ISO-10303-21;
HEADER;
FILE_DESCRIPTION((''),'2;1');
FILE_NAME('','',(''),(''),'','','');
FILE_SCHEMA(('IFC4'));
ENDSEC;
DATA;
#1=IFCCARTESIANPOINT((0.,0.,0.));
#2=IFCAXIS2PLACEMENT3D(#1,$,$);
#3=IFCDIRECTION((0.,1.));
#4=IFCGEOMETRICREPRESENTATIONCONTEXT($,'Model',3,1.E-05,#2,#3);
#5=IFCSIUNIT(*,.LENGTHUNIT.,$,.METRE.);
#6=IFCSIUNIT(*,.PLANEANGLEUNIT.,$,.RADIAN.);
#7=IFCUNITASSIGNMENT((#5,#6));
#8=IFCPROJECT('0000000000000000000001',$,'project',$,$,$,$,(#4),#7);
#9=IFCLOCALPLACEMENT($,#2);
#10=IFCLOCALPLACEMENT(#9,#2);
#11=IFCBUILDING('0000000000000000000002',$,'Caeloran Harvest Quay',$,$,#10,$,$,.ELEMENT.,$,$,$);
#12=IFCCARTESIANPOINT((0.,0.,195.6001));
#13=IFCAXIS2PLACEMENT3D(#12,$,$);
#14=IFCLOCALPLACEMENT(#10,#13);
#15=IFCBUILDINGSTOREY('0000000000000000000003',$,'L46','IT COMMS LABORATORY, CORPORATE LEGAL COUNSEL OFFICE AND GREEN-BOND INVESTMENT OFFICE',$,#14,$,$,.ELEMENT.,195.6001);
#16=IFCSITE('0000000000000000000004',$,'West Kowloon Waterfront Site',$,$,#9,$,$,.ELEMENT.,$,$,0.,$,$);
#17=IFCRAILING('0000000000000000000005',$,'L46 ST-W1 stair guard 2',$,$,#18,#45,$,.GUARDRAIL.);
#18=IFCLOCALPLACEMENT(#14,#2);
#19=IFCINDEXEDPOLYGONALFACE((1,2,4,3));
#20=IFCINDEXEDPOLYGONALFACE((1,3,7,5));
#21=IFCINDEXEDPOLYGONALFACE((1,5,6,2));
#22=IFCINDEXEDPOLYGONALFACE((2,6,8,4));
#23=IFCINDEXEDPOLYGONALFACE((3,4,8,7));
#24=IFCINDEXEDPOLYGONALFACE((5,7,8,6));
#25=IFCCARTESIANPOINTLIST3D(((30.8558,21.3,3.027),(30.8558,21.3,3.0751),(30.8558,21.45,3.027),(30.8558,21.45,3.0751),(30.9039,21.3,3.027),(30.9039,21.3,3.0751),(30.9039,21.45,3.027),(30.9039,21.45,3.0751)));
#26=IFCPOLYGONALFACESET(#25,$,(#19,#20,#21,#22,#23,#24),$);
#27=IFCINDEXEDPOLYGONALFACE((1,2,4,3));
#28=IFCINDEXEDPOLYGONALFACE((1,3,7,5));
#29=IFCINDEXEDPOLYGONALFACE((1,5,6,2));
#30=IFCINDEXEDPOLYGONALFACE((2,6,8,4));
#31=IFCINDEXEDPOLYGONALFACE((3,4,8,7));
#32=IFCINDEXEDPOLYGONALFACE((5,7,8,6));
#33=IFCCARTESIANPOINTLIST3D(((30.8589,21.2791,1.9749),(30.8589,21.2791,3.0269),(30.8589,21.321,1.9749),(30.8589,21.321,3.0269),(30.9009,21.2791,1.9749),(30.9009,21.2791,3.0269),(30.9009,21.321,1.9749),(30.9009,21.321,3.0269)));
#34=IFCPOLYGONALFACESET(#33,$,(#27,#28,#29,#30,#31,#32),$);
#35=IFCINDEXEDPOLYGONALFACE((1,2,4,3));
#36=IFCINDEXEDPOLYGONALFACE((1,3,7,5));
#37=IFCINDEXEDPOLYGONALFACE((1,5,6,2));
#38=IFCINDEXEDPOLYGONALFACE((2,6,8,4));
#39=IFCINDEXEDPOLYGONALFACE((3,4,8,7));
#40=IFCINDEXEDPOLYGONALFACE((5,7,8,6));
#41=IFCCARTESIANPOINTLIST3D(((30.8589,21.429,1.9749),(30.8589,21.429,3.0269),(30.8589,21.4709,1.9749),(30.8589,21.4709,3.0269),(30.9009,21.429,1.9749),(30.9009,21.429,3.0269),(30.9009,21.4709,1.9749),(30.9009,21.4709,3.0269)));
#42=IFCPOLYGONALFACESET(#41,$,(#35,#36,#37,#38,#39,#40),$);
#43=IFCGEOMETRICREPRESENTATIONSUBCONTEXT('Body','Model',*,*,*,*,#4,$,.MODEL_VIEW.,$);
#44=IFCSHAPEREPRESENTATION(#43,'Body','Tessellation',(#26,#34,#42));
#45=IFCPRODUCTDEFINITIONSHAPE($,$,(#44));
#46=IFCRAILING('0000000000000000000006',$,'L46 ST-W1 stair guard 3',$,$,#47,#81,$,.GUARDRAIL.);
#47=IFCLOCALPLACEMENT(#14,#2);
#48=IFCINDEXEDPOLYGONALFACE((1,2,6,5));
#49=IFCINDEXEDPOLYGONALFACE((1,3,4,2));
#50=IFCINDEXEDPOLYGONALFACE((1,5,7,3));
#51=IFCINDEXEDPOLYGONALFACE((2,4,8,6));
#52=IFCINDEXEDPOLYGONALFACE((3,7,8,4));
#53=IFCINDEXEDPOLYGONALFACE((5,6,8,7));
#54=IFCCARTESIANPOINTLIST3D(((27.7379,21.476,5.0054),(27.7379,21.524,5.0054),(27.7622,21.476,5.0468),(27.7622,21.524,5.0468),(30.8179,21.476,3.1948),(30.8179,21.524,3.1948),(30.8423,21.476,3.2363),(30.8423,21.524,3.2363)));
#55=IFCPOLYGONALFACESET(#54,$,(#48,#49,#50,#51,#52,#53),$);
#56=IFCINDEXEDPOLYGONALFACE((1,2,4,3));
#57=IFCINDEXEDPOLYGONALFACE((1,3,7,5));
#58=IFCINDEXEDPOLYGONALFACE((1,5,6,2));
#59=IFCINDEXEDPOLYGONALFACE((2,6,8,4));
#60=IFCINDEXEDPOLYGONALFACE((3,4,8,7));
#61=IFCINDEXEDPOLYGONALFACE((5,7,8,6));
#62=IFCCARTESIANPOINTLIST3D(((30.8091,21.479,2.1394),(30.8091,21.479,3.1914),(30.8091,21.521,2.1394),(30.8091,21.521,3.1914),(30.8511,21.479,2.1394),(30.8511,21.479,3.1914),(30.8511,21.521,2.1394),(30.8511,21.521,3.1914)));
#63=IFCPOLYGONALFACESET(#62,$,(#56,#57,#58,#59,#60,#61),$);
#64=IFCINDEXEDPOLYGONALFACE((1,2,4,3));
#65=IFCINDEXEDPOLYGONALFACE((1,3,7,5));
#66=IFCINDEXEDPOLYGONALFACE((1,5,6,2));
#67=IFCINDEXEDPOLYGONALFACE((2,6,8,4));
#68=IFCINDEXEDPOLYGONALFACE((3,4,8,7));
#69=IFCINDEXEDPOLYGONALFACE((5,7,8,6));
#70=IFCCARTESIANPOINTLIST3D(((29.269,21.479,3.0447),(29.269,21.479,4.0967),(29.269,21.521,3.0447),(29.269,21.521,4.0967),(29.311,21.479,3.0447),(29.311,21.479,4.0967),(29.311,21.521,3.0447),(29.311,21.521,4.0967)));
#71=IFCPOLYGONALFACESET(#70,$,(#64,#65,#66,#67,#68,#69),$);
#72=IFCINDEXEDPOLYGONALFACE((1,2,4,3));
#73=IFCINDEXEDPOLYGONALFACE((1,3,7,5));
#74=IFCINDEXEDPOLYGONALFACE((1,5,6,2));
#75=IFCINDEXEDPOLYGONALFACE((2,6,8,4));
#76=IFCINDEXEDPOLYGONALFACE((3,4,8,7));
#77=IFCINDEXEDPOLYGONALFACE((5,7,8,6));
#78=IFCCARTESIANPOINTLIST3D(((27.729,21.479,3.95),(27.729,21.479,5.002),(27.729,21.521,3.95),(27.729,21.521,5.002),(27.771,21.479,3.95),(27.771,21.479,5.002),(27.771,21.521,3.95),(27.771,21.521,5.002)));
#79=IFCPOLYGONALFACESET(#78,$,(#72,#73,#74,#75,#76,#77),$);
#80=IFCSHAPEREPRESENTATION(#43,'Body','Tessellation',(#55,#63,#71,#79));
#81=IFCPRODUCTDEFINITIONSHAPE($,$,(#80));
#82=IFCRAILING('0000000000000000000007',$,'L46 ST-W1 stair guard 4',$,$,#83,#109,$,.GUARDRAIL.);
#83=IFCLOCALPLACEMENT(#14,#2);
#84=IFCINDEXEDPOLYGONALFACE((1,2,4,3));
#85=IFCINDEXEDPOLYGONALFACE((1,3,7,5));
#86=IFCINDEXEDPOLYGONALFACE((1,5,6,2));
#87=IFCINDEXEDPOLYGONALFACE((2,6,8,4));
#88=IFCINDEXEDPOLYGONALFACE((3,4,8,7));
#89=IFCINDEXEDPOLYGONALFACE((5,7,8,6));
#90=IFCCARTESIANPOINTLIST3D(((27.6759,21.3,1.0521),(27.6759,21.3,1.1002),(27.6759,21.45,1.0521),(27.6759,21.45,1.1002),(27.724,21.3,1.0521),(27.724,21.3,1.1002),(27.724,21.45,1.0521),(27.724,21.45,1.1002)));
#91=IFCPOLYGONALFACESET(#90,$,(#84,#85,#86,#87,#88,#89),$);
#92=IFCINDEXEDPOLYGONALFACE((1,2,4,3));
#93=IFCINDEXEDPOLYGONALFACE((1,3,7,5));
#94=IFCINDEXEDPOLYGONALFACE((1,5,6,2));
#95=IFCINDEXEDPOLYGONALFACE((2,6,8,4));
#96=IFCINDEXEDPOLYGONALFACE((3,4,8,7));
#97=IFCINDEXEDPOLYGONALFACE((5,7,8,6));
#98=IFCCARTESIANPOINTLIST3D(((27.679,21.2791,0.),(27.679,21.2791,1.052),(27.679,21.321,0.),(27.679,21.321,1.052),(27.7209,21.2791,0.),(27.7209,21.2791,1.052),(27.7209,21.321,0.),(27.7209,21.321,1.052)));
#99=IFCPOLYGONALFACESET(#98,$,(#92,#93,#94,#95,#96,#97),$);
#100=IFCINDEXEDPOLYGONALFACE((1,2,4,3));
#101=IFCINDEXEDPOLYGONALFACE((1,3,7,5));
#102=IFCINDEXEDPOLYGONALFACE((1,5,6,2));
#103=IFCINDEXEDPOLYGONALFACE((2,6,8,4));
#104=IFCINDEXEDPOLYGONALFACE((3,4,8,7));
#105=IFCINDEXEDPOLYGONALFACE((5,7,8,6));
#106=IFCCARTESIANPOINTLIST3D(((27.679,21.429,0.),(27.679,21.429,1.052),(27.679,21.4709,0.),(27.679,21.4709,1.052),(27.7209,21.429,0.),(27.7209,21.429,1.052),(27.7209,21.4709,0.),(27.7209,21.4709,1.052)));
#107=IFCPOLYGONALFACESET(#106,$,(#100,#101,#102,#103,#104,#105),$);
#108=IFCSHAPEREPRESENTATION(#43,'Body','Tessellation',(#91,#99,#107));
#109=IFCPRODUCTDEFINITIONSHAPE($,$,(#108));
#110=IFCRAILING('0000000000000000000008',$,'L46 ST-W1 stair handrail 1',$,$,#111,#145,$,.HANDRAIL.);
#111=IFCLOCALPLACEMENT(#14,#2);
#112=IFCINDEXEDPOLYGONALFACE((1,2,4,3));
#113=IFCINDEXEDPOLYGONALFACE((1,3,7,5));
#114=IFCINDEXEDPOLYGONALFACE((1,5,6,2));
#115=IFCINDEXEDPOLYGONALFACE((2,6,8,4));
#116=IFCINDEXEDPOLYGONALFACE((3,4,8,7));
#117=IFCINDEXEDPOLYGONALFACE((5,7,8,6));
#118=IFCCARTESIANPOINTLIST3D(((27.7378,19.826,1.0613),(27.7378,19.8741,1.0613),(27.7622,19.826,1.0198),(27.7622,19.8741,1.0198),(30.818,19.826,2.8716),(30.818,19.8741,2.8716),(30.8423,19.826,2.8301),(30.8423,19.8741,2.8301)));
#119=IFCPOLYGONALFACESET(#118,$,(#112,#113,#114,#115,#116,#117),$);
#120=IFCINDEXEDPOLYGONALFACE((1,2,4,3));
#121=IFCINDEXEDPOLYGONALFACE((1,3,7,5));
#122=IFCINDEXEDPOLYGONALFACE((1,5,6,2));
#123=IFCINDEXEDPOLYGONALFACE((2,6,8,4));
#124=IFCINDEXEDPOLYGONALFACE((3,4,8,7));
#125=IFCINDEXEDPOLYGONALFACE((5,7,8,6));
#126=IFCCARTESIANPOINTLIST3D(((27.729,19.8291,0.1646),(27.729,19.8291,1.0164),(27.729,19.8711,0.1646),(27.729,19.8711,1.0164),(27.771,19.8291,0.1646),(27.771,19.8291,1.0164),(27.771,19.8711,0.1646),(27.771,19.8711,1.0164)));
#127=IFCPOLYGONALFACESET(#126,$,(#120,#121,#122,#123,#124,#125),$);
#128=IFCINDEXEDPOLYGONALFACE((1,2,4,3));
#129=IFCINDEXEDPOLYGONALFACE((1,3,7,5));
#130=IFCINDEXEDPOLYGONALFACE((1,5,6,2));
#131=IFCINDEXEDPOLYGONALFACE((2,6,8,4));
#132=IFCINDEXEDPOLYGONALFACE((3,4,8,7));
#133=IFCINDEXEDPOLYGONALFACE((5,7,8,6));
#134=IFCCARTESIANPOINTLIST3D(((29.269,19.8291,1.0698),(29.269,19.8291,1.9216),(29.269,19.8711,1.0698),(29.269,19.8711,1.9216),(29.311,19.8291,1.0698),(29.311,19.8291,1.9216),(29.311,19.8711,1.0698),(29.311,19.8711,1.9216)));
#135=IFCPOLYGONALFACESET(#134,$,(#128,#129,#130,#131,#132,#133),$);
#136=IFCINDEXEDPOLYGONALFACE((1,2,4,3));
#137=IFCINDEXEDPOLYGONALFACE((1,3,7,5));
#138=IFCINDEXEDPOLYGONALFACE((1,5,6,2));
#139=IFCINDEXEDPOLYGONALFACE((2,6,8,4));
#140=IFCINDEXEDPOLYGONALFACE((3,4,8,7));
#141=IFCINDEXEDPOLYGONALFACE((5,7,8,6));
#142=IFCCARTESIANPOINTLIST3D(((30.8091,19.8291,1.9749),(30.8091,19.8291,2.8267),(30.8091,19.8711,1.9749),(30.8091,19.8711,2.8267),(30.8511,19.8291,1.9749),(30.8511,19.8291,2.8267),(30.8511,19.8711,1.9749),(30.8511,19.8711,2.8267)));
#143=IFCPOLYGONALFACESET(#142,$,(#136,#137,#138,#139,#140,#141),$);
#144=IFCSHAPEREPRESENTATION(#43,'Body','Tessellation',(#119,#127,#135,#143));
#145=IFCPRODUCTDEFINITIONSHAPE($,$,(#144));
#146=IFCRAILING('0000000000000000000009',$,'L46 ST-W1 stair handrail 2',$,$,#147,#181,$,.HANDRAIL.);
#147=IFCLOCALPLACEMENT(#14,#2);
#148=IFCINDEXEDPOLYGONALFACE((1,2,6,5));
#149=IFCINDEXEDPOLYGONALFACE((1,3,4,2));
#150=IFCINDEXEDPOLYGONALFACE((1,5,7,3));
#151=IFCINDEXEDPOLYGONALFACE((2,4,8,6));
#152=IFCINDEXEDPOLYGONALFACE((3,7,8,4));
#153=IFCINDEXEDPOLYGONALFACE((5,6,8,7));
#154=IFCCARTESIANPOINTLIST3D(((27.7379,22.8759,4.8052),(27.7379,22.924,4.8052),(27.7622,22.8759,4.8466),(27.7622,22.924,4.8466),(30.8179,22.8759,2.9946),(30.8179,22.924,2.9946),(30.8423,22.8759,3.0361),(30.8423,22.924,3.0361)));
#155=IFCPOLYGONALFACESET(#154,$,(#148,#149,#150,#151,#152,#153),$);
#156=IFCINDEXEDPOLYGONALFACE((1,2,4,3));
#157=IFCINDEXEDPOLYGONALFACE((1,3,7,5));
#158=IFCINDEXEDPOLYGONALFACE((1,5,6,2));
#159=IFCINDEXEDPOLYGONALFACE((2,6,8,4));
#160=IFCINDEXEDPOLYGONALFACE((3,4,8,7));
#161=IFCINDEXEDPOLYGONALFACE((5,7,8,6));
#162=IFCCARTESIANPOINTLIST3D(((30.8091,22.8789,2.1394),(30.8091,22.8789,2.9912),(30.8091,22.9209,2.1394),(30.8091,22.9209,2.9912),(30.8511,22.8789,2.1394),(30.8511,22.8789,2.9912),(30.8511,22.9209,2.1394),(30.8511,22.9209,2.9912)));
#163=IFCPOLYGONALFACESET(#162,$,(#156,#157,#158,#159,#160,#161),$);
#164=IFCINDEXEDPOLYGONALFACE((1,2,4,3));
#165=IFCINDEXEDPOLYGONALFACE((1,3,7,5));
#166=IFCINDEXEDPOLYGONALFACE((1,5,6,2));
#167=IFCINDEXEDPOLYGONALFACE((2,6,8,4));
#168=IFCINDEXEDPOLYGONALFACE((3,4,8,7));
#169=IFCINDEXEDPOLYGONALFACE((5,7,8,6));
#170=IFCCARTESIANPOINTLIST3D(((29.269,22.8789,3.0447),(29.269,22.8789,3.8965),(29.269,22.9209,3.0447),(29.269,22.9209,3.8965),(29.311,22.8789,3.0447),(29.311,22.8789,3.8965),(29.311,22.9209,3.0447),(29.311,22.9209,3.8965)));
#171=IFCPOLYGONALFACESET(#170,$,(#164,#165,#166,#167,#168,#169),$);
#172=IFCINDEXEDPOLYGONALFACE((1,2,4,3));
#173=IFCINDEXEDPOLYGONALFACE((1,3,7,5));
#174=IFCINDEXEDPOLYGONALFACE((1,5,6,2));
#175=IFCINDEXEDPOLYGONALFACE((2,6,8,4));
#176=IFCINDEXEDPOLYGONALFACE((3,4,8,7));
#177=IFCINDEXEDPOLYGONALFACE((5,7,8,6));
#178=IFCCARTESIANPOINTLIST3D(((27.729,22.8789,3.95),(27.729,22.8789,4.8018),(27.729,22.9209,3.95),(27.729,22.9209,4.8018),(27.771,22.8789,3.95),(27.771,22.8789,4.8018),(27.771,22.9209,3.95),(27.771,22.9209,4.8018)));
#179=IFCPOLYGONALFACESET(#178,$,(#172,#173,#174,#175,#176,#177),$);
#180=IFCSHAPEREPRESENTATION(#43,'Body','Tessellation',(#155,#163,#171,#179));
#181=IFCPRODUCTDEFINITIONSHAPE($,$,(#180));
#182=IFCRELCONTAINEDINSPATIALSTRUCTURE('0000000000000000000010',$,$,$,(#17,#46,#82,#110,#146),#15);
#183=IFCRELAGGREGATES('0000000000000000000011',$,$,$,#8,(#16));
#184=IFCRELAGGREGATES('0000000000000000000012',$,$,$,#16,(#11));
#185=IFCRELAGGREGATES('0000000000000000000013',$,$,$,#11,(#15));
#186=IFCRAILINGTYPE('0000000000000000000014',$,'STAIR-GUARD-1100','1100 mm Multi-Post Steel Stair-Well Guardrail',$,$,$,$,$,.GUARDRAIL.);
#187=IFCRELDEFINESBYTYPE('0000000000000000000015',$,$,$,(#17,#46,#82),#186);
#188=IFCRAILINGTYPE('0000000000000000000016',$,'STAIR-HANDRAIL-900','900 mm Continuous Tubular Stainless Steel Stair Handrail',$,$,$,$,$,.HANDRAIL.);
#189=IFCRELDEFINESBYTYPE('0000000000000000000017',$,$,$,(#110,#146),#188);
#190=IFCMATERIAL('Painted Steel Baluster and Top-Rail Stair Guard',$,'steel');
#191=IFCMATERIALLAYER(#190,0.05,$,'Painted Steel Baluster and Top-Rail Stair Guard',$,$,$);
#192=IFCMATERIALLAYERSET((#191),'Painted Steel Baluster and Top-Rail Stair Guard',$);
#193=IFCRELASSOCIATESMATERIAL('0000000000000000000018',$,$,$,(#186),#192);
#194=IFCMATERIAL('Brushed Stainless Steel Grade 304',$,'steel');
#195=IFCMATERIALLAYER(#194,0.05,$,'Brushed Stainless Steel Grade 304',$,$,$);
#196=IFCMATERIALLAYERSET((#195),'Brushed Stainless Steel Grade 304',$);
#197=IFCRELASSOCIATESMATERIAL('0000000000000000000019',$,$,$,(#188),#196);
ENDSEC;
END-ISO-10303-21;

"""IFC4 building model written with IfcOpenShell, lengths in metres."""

from ifc_helpers import new_model, si_unit, direction, frame, origin, origin_2d, place, context, subcontext, project, spatial, rectangle, extrude, material, layer, layer_set, type_object, element, save


model = new_model("IFC4")

# Units and contexts
model_context = context("Model", 3, precision=1e-05, world=origin(), true_north=direction((0.0, 1.0)))
body_context = subcontext(model_context, "Body", "Model", "MODEL_VIEW")
ifc_project = project(units=[si_unit("LENGTHUNIT", "METRE"), si_unit("PLANEANGLEUNIT", "RADIAN")], contexts=[model_context])

# Site, building, storey
site_placement = place(None, origin())
site = spatial("IfcSite", under=ifc_project, at=site_placement, Name="West Kowloon Waterfront Site", CompositionType="ELEMENT", RefElevation=0.0)
building_placement = place(site_placement, origin())
building = spatial("IfcBuilding", under=site, at=building_placement, Name="Caeloran Harvest Quay", CompositionType="ELEMENT")
storey_placement = place(building_placement, frame((0.0, 0.0, 195.6001)))
storey = spatial("IfcBuildingStorey", under=building, at=storey_placement, Name="L46", Description="IT COMMS LABORATORY, CORPORATE LEGAL COUNSEL OFFICE AND GREEN-BOND INVESTMENT OFFICE", CompositionType="ELEMENT", Elevation=195.6001)

# Railings
ifc_material_1 = material(Name="Painted Steel Baluster and Top-Rail Stair Guard", Category="steel")
ifc_layer_1 = layer(ifc_material_1, 0.05, Name="Painted Steel Baluster and Top-Rail Stair Guard")
ifc_layer_set_1 = layer_set([ifc_layer_1], Name="Painted Steel Baluster and Top-Rail Stair Guard")
railing_type_1 = type_object("IfcRailingType", Name="STAIR-GUARD-1100", Description="1100 mm Multi-Post Steel Stair-Well Guardrail", PredefinedType="GUARDRAIL", material=ifc_layer_set_1)
railing_1_placement = place(storey_placement, frame((30.8799, 21.3, 1.9749)))
element("IfcRailing", 1, at=railing_1_placement, inside=storey, type_object=railing_type_1, Name="L46 ST-W1 stair guard 2", PredefinedType="GUARDRAIL", context=body_context, shape_type="SweptSolid", body=[
    extrude(rectangle(XDim=0.0481, YDim=0.0481, at=origin_2d()), frame((0.0, 0.0, 1.0762), z_axis=(0.0, 1.0, 0.0), x_axis=(-1.0, 0.0, 0.0)), (0.0, 0.0, 1.0), 0.1499),
    extrude(rectangle(XDim=0.042, YDim=0.042, at=origin_2d()), origin(), (0.0, 0.0, 1.0), 1.052),
    extrude(rectangle(XDim=0.042, YDim=0.042, at=origin_2d()), frame((0.0, 0.1499, 0.0)), (0.0, 0.0, 1.0), 1.052),
])
railing_2_placement = place(storey_placement, frame((30.8301, 21.5, 2.1394)))
element("IfcRailing", 2, at=railing_2_placement, inside=storey, type_object=railing_type_1, Name="L46 ST-W1 stair guard 3", PredefinedType="GUARDRAIL", context=body_context, shape_type="SweptSolid", body=[
    extrude(rectangle(XDim=0.0481, YDim=0.0481, at=origin_2d()), frame((0.0, 0.0, 1.0762), z_axis=(-0.862089, 0.0, 0.506757), x_axis=(0.0, -1.0, 0.0)), (0.0, 0.0, 1.0), 3.5728),
    extrude(rectangle(XDim=0.042, YDim=0.042, at=origin_2d()), origin(), (0.0, 0.0, 1.0), 1.052),
    extrude(rectangle(XDim=0.042, YDim=0.042, at=origin_2d()), frame((-1.54, 0.0, 0.9053)), (0.0, 0.0, 1.0), 1.052),
    extrude(rectangle(XDim=0.042, YDim=0.042, at=origin_2d()), frame((-3.0801, 0.0, 1.8105)), (0.0, 0.0, 1.0), 1.052),
])
railing_3_placement = place(storey_placement, frame((27.7, 21.3, 0.0)))
element("IfcRailing", 3, at=railing_3_placement, inside=storey, type_object=railing_type_1, Name="L46 ST-W1 stair guard 4", PredefinedType="GUARDRAIL", context=body_context, shape_type="SweptSolid", body=[
    extrude(rectangle(XDim=0.0481, YDim=0.0481, at=origin_2d()), frame((0.0, 0.0, 1.0762), z_axis=(0.0, 1.0, 0.0), x_axis=(-1.0, 0.0, 0.0)), (0.0, 0.0, 1.0), 0.1499),
    extrude(rectangle(XDim=0.042, YDim=0.042, at=origin_2d()), origin(), (0.0, 0.0, 1.0), 1.052),
    extrude(rectangle(XDim=0.042, YDim=0.042, at=origin_2d()), frame((0.0, 0.1499, 0.0)), (0.0, 0.0, 1.0), 1.052),
])
ifc_material_2 = material(Name="Brushed Stainless Steel Grade 304", Category="steel")
ifc_layer_2 = layer(ifc_material_2, 0.05, Name="Brushed Stainless Steel Grade 304")
ifc_layer_set_2 = layer_set([ifc_layer_2], Name="Brushed Stainless Steel Grade 304")
railing_type_2 = type_object("IfcRailingType", Name="STAIR-HANDRAIL-900", Description="900 mm Continuous Tubular Stainless Steel Stair Handrail", PredefinedType="HANDRAIL", material=ifc_layer_set_2)
railing_4_placement = place(storey_placement, frame((27.75, 19.8501, 0.1646)))
element("IfcRailing", 4, at=railing_4_placement, inside=storey, type_object=railing_type_2, Name="L46 ST-W1 stair handrail 1", PredefinedType="HANDRAIL", context=body_context, shape_type="SweptSolid", body=[
    extrude(rectangle(XDim=0.0481, YDim=0.0481, at=origin_2d()), frame((0.0, 0.0, 0.876), z_axis=(0.862119, 0.0, 0.506707), x_axis=(0.0, 1.0, 0.0)), (0.0, 0.0, 1.0), 3.5728),
    extrude(rectangle(XDim=0.042, YDim=0.042, at=origin_2d()), origin(), (0.0, 0.0, 1.0), 0.8518),
    extrude(rectangle(XDim=0.042, YDim=0.042, at=origin_2d()), frame((1.54, 0.0, 0.9053)), (0.0, 0.0, 1.0), 0.8518),
    extrude(rectangle(XDim=0.042, YDim=0.042, at=origin_2d()), frame((3.0801, 0.0, 1.8103)), (0.0, 0.0, 1.0), 0.8518),
])
railing_5_placement = place(storey_placement, frame((30.8301, 22.8999, 2.1394)))
element("IfcRailing", 5, at=railing_5_placement, inside=storey, type_object=railing_type_2, Name="L46 ST-W1 stair handrail 2", PredefinedType="HANDRAIL", context=body_context, shape_type="SweptSolid", body=[
    extrude(rectangle(XDim=0.0481, YDim=0.0481, at=origin_2d()), frame((0.0, 0.0, 0.876), z_axis=(-0.862089, 0.0, 0.506757), x_axis=(0.0, -1.0, 0.0)), (0.0, 0.0, 1.0), 3.5728),
    extrude(rectangle(XDim=0.042, YDim=0.042, at=origin_2d()), origin(), (0.0, 0.0, 1.0), 0.8518),
    extrude(rectangle(XDim=0.042, YDim=0.042, at=origin_2d()), frame((-1.54, 0.0, 0.9053)), (0.0, 0.0, 1.0), 0.8518),
    extrude(rectangle(XDim=0.042, YDim=0.042, at=origin_2d()), frame((-3.0801, 0.0, 1.8105)), (0.0, 0.0, 1.0), 0.8518),
])

save(model, "model.ifc")
